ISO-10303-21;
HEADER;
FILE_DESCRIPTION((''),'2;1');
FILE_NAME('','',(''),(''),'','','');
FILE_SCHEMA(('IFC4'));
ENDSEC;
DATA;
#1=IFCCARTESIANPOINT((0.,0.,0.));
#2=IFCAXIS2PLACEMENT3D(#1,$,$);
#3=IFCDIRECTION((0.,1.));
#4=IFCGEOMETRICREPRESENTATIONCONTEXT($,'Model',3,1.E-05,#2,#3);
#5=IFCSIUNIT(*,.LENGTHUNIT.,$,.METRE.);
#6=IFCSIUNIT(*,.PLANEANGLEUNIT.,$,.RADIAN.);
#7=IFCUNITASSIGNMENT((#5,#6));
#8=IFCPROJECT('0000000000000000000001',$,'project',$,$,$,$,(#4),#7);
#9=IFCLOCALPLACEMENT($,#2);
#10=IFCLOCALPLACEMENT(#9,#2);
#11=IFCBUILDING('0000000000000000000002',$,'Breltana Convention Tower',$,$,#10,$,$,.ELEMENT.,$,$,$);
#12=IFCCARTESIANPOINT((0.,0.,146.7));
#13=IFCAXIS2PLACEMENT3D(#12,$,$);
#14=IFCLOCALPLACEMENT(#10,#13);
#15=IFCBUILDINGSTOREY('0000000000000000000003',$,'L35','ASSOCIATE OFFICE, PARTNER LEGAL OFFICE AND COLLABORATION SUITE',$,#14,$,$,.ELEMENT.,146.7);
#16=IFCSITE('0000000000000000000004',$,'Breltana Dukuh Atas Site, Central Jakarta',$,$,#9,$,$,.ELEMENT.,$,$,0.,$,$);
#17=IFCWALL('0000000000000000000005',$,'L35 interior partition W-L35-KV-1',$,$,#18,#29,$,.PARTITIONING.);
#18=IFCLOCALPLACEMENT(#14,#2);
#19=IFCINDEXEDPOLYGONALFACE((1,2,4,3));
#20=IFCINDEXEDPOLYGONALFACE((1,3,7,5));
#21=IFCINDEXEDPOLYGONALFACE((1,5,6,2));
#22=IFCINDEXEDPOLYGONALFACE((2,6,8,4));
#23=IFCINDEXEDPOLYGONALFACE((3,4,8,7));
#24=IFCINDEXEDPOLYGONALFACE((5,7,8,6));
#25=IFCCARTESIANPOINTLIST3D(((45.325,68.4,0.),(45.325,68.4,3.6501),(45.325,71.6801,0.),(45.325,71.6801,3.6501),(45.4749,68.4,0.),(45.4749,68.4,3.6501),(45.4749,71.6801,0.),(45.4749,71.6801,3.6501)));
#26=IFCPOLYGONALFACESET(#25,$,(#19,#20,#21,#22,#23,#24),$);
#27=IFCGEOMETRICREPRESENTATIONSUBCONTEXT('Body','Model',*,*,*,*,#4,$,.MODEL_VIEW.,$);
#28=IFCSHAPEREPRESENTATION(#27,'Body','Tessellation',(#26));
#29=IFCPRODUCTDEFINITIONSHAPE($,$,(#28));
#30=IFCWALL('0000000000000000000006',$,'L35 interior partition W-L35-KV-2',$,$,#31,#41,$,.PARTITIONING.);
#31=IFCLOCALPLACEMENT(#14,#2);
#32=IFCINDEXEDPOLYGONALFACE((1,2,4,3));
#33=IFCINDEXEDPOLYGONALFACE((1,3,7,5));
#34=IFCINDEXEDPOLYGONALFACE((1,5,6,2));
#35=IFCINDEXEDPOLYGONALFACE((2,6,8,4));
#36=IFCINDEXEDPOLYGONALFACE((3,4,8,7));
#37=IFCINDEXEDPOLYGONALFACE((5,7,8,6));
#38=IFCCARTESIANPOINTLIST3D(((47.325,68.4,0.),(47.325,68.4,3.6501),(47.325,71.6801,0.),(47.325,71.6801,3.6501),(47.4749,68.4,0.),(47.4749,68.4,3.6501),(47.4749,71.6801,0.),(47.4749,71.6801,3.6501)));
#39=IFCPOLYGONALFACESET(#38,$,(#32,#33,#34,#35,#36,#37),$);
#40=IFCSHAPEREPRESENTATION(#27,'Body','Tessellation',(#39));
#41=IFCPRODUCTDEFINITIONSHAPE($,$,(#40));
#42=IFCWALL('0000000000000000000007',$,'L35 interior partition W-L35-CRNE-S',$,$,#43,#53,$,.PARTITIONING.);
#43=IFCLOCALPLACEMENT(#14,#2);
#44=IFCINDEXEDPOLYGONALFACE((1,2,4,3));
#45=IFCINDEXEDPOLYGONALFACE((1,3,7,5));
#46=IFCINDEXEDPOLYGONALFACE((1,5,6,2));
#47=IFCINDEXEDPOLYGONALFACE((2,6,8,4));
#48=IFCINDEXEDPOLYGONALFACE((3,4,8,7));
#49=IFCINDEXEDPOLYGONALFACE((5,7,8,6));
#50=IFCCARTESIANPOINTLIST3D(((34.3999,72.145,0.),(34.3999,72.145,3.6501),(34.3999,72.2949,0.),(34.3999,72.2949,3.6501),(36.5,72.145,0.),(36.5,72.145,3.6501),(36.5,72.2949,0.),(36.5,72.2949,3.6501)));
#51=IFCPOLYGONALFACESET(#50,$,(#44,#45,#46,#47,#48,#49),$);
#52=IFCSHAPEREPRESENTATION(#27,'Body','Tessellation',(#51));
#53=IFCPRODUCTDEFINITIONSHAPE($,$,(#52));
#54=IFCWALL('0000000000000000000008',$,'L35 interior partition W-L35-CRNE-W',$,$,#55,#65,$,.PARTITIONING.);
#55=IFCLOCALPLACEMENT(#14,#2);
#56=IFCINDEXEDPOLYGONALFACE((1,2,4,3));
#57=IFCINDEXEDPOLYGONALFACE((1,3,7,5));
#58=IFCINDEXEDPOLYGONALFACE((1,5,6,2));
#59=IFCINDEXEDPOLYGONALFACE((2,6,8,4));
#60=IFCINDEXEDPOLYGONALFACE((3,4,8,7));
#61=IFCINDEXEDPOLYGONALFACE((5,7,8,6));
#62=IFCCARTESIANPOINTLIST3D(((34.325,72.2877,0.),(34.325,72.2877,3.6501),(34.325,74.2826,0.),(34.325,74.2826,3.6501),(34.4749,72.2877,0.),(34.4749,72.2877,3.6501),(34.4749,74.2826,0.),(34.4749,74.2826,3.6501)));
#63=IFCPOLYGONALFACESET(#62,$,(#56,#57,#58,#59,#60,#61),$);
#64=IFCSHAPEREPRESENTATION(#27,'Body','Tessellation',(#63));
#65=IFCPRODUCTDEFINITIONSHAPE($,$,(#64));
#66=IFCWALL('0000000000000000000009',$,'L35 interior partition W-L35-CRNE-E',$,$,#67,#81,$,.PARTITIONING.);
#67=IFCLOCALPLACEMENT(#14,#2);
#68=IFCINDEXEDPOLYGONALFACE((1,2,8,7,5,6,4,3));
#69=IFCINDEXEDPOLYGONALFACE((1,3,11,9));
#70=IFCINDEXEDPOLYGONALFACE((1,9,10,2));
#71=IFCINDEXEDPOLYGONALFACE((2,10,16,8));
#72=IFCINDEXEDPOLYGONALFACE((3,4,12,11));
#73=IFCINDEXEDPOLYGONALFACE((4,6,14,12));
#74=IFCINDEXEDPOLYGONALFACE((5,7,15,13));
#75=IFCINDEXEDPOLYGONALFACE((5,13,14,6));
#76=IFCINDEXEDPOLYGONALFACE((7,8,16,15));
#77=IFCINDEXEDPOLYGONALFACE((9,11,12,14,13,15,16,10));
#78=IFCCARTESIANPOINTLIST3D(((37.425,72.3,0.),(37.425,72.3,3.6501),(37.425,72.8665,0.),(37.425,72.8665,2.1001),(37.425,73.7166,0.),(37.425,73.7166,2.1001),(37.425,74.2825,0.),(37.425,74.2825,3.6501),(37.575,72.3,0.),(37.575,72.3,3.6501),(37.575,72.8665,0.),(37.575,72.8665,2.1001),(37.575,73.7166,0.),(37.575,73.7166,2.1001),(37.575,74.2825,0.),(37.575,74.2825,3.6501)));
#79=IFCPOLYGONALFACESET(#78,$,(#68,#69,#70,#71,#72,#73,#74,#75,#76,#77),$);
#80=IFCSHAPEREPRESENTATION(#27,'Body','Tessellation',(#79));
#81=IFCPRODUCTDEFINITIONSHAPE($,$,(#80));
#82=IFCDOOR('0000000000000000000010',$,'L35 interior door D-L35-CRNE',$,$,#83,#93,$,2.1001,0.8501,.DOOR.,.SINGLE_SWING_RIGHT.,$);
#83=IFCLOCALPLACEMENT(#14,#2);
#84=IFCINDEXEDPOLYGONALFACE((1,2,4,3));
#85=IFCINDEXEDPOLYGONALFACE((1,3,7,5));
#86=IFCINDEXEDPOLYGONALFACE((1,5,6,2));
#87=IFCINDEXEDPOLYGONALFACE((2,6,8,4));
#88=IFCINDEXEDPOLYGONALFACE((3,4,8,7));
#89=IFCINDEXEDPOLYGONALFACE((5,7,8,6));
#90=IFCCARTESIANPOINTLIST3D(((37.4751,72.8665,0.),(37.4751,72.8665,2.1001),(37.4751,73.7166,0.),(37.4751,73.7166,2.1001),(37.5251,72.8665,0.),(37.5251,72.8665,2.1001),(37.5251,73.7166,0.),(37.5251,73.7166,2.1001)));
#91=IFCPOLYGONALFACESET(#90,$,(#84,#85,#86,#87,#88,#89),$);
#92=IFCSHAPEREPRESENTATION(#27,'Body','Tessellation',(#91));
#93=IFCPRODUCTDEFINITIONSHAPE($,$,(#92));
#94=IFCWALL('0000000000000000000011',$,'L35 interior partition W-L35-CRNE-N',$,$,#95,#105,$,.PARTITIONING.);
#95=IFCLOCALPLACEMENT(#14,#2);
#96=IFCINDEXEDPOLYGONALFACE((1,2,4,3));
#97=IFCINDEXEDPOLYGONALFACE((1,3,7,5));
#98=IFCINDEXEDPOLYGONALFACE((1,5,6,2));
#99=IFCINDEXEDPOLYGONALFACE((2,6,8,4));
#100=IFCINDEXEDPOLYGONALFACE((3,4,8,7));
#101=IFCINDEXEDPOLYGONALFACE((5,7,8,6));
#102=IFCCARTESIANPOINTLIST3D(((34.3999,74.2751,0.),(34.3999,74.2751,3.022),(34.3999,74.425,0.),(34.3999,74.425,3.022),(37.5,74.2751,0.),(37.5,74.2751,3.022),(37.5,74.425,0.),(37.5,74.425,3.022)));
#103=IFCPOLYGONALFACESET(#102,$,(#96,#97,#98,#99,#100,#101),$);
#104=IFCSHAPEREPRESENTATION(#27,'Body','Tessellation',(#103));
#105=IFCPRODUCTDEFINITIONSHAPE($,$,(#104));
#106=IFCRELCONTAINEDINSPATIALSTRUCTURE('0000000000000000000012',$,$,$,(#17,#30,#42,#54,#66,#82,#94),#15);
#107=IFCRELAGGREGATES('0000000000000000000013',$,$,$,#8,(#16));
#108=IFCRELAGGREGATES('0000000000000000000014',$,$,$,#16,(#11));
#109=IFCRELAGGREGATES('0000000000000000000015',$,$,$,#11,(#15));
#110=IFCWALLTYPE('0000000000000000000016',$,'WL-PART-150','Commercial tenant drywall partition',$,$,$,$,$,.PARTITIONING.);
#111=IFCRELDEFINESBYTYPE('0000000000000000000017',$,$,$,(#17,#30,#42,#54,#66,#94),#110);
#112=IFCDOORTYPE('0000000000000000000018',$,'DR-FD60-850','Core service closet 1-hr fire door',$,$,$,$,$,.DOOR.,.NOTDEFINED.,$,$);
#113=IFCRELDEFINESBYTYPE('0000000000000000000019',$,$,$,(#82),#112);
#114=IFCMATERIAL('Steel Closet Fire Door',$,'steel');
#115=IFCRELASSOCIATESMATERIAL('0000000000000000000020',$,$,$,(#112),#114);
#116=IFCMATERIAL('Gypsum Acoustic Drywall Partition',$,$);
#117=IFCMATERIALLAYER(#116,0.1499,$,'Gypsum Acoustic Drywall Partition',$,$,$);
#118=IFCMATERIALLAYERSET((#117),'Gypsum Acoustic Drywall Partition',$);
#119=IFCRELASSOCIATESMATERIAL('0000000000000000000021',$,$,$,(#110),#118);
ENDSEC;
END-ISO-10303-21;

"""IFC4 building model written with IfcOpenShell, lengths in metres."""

from ifc_helpers import new_model, si_unit, direction, frame, frame_2d, origin, place, context, subcontext, project, spatial, rectangle, extrude, source, transform, mapped, material, layer, layer_set, type_object, type_shapes, element, fill, save


model = new_model("IFC4")

# Units and contexts
model_context = context("Model", 3, precision=1e-05, world=origin(), true_north=direction((0.0, 1.0)))
body_context = subcontext(model_context, "Body", "Model", "MODEL_VIEW")
ifc_project = project(units=[si_unit("LENGTHUNIT", "METRE"), si_unit("PLANEANGLEUNIT", "RADIAN")], contexts=[model_context])

# Site, building, storey
site_placement = place(None, origin())
site = spatial("IfcSite", under=ifc_project, at=site_placement, Name="Breltana Dukuh Atas Site, Central Jakarta", CompositionType="ELEMENT", RefElevation=0.0)
building_placement = place(site_placement, origin())
building = spatial("IfcBuilding", under=site, at=building_placement, Name="Breltana Convention Tower", CompositionType="ELEMENT")
storey_placement = place(building_placement, frame((0.0, 0.0, 146.7)))
storey = spatial("IfcBuildingStorey", under=building, at=storey_placement, Name="L35", Description="ASSOCIATE OFFICE, PARTNER LEGAL OFFICE AND COLLABORATION SUITE", CompositionType="ELEMENT", Elevation=146.7)

# Shared definitions
ifc_material_1 = material(Name="Steel Closet Fire Door", Category="steel")
door_type_1 = type_object("IfcDoorType", Name="DR-FD60-850", Description="Core service closet 1-hr fire door", OperationType="NOTDEFINED", PredefinedType="DOOR", material=ifc_material_1)
shared_shape_1 = source(origin(), body_context, "Body", "SweptSolid", [
    extrude(rectangle(XDim=0.8501, YDim=2.1001, at=frame_2d((0.425, 1.05))), frame((0.0, 0.0249, 0.0), z_axis=(0.0, -1.0, 0.0), x_axis=(1.0, 0.0, 0.0)), (0.0, 0.0, 1.0), 0.05),
])
type_shapes(door_type_1, [shared_shape_1])

# Walls
ifc_material_2 = material(Name="Gypsum Acoustic Drywall Partition")
ifc_layer_1 = layer(ifc_material_2, 0.1499, Name="Gypsum Acoustic Drywall Partition")
ifc_layer_set_1 = layer_set([ifc_layer_1], Name="Gypsum Acoustic Drywall Partition")
wall_type_1 = type_object("IfcWallType", Name="WL-PART-150", Description="Commercial tenant drywall partition", PredefinedType="PARTITIONING", material=ifc_layer_set_1)
shared_shape_2 = source(origin(), body_context, "Body", "SweptSolid", [
    extrude(rectangle(XDim=3.28, YDim=0.1499, at=frame_2d((1.6401, 0.0))), origin(), (0.0, 0.0, 1.0), 3.6501),
])
for number, where, z_axis, x_axis, name in (
    (1, (45.3999, 68.3999, 0.0), (0.0, 0.0, 1.0), (0.0, 1.0, 0.0), "L35 interior partition W-L35-KV-1"),
    (2, (47.3999, 68.3999, 0.0), (0.0, 0.0, 1.0), (0.0, 1.0, 0.0), "L35 interior partition W-L35-KV-2"),
):
    element("IfcWall", number, at=place(storey_placement, frame(where, z_axis=z_axis, x_axis=x_axis)), inside=storey, type_object=wall_type_1, Name=name, PredefinedType="PARTITIONING", context=body_context, shape_type="MappedRepresentation", body=[
        mapped(shared_shape_2, transform((0.0, 0.0, 0.0), scale=1.0)),
    ])
shared_shape_3 = source(origin(), body_context, "Body", "SweptSolid", [
    extrude(rectangle(XDim=2.1001, YDim=0.1499, at=frame_2d((1.05, 0.0))), origin(), (0.0, 0.0, 1.0), 3.6501),
])
wall_1_placement = place(storey_placement, frame((34.3999, 72.22, 0.0), z_axis=(0.0, 0.0, 1.0), x_axis=(1.0, 0.0, 0.0)))
element("IfcWall", 3, at=wall_1_placement, inside=storey, type_object=wall_type_1, Name="L35 interior partition W-L35-CRNE-S", PredefinedType="PARTITIONING", context=body_context, shape_type="MappedRepresentation", body=[
    mapped(shared_shape_3, transform((0.0, 0.0, 0.0), scale=1.0)),
])
shared_shape_4 = source(origin(), body_context, "Body", "SweptSolid", [
    extrude(rectangle(XDim=1.9949, YDim=0.1499, at=frame_2d((0.9976, 0.0))), origin(), (0.0, 0.0, 1.0), 3.6501),
])
wall_2_placement = place(storey_placement, frame((34.3999, 72.2876, 0.0), z_axis=(0.0, 0.0, 1.0), x_axis=(0.0, 1.0, 0.0)))
element("IfcWall", 4, at=wall_2_placement, inside=storey, type_object=wall_type_1, Name="L35 interior partition W-L35-CRNE-W", PredefinedType="PARTITIONING", context=body_context, shape_type="MappedRepresentation", body=[
    mapped(shared_shape_4, transform((0.0, 0.0, 0.0), scale=1.0)),
])

# Wall, opening, door
shared_shape_5 = source(origin(), body_context, "Body", "SweptSolid", [
    extrude(rectangle(XDim=1.9824, YDim=0.1499, at=frame_2d((0.9912, 0.0))), origin(), (0.0, 0.0, 1.0), 3.6501),
])
wall_3_placement = place(storey_placement, frame((37.5, 72.3, 0.0), z_axis=(0.0, 0.0, 1.0), x_axis=(0.0, 1.0, 0.0)))
wall_3 = element("IfcWall", 5, at=wall_3_placement, inside=storey, type_object=wall_type_1, Name="L35 interior partition W-L35-CRNE-E", PredefinedType="PARTITIONING", context=body_context, shape_type="MappedRepresentation", body=[
    mapped(shared_shape_5, transform((0.0, 0.0, 0.0), scale=1.0)),
])
opening_1_placement = place(wall_3_placement, frame((0.5664, 0.0, 0.0)))
opening_1 = element("IfcOpeningElement", 6, at=opening_1_placement, cuts=wall_3, PredefinedType="OPENING", context=body_context, shape_type="SweptSolid", body=[
    extrude(rectangle(XDim=0.8501, YDim=2.1001, at=frame_2d((0.425, 1.05))), frame((0.0, 0.085, 0.0), z_axis=(0.0, -1.0, 0.0), x_axis=(1.0, 0.0, 0.0)), (0.0, 0.0, 1.0), 0.1699),
])
door_1_placement = place(opening_1_placement, origin())
door_1 = element("IfcDoor", 7, at=door_1_placement, inside=storey, type_object=door_type_1, Name="L35 interior door D-L35-CRNE", OperationType="SINGLE_SWING_RIGHT", OverallHeight=2.1001, OverallWidth=0.8501, PredefinedType="DOOR", context=body_context, shape_type="MappedRepresentation", body=[
    mapped(shared_shape_1, transform((0.0, 0.0, 0.0), scale=1.0)),
])
fill(opening_1, door_1)

# Wall
shared_shape_6 = source(origin(), body_context, "Body", "SweptSolid", [
    extrude(rectangle(XDim=3.1001, YDim=0.1499, at=frame_2d((1.55, 0.0))), origin(), (0.0, 0.0, 1.0), 3.022),
])
wall_4_placement = place(storey_placement, frame((34.3999, 74.3501, 0.0), z_axis=(0.0, 0.0, 1.0), x_axis=(1.0, 0.0, 0.0)))
element("IfcWall", 8, at=wall_4_placement, inside=storey, type_object=wall_type_1, Name="L35 interior partition W-L35-CRNE-N", PredefinedType="PARTITIONING", context=body_context, shape_type="MappedRepresentation", body=[
    mapped(shared_shape_6, transform((0.0, 0.0, 0.0), scale=1.0)),
])

save(model, "model.ifc")
